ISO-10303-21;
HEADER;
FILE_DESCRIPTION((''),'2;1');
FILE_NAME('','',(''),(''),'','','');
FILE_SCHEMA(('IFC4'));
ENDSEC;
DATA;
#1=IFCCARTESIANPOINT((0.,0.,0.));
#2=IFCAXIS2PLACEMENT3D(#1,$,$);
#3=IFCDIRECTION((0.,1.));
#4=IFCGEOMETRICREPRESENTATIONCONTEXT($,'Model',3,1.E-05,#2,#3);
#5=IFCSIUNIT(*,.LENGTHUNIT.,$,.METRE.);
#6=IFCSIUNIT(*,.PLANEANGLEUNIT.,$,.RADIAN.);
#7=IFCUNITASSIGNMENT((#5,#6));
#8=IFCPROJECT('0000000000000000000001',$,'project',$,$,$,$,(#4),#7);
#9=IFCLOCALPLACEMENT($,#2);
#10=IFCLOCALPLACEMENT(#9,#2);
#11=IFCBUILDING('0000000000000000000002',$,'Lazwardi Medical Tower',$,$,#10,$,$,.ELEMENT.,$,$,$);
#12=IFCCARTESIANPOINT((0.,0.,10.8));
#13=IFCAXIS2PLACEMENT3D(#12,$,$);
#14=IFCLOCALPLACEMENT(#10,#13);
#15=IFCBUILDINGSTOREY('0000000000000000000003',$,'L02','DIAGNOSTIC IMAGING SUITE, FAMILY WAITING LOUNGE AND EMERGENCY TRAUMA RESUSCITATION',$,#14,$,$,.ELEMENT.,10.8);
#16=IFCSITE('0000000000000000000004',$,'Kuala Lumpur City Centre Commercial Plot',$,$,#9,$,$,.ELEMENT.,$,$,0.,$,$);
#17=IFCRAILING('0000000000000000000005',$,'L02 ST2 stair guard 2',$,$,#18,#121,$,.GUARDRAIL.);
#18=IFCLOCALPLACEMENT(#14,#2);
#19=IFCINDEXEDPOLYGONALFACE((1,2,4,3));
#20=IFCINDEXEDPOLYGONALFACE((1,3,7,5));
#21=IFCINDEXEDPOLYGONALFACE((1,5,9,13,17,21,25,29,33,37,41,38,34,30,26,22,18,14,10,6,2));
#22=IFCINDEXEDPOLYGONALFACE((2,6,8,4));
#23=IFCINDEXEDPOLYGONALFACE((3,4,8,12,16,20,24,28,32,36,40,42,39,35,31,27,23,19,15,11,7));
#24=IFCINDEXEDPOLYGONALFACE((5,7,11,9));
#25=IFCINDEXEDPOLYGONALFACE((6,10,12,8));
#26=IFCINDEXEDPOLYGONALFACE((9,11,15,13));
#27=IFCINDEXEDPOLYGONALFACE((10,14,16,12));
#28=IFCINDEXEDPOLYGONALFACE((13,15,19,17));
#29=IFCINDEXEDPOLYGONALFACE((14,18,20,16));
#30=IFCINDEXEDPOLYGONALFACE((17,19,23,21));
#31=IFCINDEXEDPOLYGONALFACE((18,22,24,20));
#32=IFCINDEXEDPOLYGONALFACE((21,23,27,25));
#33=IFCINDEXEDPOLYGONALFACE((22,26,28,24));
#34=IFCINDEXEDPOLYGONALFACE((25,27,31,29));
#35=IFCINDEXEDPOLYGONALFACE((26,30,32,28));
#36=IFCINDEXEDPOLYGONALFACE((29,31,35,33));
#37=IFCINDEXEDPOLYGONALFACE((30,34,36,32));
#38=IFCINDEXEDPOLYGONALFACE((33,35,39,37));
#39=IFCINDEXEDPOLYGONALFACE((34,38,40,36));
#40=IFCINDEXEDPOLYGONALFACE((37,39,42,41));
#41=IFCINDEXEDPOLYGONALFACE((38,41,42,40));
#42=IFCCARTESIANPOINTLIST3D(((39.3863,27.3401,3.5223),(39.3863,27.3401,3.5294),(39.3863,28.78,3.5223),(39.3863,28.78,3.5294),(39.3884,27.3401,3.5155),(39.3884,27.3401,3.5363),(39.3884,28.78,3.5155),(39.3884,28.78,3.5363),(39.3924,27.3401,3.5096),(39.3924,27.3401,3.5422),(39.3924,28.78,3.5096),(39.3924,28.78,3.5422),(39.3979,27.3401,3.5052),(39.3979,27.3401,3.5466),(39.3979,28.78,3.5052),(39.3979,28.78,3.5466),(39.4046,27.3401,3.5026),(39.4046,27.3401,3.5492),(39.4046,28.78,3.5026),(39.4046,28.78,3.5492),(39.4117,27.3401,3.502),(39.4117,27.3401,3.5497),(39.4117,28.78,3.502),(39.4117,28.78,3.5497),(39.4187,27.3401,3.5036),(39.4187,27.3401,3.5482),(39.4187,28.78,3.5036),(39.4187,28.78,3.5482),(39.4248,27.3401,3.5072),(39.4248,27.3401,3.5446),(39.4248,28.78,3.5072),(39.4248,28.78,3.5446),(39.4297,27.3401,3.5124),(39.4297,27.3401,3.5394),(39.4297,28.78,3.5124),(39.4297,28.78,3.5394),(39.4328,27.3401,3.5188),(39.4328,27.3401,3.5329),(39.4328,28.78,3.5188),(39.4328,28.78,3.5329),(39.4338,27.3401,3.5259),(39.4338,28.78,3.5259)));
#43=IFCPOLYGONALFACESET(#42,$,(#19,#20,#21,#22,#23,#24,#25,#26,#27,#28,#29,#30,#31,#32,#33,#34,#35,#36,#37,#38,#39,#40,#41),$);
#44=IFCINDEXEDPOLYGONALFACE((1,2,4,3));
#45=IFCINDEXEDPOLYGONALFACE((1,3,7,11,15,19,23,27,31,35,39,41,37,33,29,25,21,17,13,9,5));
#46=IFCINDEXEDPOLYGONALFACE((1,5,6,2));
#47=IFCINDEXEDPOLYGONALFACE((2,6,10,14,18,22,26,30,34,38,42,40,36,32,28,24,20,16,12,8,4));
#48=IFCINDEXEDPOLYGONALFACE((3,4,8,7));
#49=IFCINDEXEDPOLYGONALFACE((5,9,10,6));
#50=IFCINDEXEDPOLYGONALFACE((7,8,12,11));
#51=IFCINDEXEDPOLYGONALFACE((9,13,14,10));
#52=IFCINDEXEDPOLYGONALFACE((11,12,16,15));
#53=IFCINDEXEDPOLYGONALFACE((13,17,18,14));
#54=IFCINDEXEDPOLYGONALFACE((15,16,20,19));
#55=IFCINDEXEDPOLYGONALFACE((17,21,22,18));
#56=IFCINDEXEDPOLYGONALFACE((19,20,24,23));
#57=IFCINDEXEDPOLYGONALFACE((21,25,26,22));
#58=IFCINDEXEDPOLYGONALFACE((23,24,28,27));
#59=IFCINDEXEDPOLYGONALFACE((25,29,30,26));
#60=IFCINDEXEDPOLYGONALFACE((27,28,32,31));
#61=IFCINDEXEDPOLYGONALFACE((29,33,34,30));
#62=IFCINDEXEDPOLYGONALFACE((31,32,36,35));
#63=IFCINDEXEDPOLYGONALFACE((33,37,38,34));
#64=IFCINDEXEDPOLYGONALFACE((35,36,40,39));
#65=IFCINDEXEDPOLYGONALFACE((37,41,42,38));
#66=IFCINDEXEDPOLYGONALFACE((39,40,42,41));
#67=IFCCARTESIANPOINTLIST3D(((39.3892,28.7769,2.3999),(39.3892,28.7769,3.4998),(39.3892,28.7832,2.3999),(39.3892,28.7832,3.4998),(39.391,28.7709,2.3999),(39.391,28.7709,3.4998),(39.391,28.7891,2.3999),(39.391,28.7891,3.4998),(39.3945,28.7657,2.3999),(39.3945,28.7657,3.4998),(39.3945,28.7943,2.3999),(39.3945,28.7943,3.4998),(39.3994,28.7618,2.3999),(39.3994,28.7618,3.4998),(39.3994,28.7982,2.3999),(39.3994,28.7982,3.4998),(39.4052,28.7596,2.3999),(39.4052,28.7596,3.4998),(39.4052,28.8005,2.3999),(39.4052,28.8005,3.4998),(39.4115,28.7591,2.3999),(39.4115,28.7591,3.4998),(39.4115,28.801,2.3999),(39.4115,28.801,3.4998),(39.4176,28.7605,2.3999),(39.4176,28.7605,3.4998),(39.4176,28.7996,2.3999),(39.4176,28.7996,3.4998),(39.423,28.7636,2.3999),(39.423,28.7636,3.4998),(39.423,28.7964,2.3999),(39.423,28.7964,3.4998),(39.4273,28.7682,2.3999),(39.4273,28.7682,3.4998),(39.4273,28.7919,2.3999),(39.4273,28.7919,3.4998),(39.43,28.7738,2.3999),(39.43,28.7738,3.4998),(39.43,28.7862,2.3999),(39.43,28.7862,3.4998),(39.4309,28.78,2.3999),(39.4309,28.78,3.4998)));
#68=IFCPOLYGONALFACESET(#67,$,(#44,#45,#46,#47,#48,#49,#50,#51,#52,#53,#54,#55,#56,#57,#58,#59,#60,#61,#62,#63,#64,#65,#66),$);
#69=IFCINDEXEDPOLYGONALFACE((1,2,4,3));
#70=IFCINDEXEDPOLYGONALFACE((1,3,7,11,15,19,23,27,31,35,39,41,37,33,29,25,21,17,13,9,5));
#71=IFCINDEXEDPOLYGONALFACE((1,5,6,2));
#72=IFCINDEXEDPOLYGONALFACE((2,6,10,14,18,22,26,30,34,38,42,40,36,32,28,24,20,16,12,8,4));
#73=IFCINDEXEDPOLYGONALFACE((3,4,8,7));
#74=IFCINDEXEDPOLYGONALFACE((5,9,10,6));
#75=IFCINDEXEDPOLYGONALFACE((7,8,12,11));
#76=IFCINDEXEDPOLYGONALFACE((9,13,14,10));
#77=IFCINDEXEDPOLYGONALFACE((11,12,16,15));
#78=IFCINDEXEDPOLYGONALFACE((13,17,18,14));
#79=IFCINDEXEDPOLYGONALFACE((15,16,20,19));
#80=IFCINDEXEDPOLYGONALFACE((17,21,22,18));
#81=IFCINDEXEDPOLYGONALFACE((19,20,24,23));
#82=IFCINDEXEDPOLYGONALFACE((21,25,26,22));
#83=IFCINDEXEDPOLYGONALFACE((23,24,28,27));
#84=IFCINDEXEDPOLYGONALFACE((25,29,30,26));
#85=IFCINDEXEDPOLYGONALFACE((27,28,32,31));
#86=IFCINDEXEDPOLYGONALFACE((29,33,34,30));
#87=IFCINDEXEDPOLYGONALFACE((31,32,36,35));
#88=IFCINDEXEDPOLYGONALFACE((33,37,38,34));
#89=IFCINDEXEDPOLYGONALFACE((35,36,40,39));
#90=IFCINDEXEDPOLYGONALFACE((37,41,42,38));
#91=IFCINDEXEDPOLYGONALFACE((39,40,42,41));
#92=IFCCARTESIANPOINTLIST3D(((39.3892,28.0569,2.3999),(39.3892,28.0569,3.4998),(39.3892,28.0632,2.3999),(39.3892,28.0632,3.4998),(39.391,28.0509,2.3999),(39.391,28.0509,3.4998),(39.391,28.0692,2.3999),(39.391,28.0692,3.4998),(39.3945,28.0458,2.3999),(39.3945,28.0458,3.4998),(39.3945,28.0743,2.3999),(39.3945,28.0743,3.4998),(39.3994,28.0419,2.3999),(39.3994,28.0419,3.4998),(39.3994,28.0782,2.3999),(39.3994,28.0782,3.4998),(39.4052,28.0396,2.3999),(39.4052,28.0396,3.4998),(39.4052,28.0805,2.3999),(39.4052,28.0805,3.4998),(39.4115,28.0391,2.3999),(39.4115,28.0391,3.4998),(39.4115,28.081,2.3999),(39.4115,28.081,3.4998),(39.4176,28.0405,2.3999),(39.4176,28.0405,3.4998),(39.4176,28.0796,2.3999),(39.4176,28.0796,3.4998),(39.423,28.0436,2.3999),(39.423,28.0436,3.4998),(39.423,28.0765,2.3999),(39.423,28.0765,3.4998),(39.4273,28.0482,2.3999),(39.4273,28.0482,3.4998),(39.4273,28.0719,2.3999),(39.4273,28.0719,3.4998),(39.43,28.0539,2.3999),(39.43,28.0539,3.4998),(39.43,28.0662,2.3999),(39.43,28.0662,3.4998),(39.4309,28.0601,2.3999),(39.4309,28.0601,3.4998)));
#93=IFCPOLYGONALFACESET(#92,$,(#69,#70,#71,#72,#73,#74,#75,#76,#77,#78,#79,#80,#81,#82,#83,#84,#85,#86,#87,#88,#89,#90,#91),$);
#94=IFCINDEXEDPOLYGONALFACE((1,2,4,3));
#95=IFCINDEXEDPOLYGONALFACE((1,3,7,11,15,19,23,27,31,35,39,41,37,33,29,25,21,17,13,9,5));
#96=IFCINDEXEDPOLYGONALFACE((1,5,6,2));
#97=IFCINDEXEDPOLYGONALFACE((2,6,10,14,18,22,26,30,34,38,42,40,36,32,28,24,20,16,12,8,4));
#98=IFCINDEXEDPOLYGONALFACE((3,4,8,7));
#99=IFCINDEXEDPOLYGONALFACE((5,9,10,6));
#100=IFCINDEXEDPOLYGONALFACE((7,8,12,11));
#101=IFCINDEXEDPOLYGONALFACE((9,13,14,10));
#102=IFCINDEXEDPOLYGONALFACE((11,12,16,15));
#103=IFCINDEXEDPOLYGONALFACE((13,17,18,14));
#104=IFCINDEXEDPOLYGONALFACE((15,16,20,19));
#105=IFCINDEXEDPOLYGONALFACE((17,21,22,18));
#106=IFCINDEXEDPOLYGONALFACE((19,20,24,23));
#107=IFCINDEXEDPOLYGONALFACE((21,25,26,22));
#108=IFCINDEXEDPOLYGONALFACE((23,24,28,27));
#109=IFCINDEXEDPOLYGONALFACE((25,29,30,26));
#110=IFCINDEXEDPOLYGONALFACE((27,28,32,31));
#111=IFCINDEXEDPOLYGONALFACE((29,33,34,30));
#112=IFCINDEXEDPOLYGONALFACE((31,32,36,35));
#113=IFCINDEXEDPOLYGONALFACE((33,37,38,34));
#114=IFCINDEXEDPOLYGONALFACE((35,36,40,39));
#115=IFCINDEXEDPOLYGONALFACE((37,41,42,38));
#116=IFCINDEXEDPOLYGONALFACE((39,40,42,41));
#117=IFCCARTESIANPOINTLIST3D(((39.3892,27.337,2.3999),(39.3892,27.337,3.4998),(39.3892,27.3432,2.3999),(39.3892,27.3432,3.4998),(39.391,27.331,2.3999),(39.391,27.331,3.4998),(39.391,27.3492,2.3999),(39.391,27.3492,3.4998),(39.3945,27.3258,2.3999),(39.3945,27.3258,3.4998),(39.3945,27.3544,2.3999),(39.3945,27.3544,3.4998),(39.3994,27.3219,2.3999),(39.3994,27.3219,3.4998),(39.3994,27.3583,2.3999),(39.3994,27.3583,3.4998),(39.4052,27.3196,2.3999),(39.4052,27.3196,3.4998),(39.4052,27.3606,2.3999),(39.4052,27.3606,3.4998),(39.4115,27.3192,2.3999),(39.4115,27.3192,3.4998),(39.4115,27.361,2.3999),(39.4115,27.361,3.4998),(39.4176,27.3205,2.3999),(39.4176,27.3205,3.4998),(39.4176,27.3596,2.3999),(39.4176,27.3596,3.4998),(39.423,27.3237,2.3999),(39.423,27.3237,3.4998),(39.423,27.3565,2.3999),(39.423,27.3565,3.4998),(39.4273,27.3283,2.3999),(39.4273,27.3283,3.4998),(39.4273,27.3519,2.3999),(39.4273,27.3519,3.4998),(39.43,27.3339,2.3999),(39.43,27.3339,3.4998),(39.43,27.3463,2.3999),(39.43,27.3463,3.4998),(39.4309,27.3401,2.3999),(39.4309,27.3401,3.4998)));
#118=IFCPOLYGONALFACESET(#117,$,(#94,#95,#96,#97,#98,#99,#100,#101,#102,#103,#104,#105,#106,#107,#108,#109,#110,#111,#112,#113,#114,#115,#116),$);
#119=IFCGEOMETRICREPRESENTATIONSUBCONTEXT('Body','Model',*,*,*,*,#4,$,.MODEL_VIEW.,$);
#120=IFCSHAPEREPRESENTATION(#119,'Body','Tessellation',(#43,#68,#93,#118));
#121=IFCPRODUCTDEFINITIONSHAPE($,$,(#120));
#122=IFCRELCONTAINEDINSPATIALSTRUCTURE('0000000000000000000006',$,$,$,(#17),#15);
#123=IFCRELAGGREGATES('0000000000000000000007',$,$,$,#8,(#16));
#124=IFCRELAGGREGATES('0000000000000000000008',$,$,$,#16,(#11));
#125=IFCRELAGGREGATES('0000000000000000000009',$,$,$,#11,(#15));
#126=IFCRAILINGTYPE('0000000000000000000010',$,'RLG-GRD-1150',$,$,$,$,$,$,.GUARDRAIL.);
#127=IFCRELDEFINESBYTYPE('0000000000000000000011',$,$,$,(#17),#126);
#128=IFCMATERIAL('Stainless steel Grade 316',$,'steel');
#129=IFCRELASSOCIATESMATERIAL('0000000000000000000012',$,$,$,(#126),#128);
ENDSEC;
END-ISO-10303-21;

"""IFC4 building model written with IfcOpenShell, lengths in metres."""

from ifc_helpers import new_model, si_unit, direction, frame, origin, origin_2d, place, context, subcontext, project, spatial, circle, extrude, material, type_object, element, save


model = new_model("IFC4")

# Units and contexts
model_context = context("Model", 3, precision=1e-05, world=origin(), true_north=direction((0.0, 1.0)))
body_context = subcontext(model_context, "Body", "Model", "MODEL_VIEW")
ifc_project = project(units=[si_unit("LENGTHUNIT", "METRE"), si_unit("PLANEANGLEUNIT", "RADIAN")], contexts=[model_context])

# Site, building, storey
site_placement = place(None, origin())
site = spatial("IfcSite", under=ifc_project, at=site_placement, Name="Kuala Lumpur City Centre Commercial Plot", CompositionType="ELEMENT", RefElevation=0.0)
building_placement = place(site_placement, origin())
building = spatial("IfcBuilding", under=site, at=building_placement, Name="Lazwardi Medical Tower", CompositionType="ELEMENT")
storey_placement = place(building_placement, frame((0.0, 0.0, 10.8)))
storey = spatial("IfcBuildingStorey", under=building, at=storey_placement, Name="L02", Description="DIAGNOSTIC IMAGING SUITE, FAMILY WAITING LOUNGE AND EMERGENCY TRAUMA RESUSCITATION", CompositionType="ELEMENT", Elevation=10.8)

# Railing
ifc_material_1 = material(Name="Stainless steel Grade 316", Category="steel")
railing_type_1 = type_object("IfcRailingType", Name="RLG-GRD-1150", PredefinedType="GUARDRAIL", material=ifc_material_1)
railing_1_placement = place(storey_placement, frame((39.4099, 28.78, 2.3999)))
element("IfcRailing", 1, at=railing_1_placement, inside=storey, type_object=railing_type_1, Name="L02 ST2 stair guard 2", PredefinedType="GUARDRAIL", context=body_context, shape_type="SweptSolid", body=[
    extrude(circle(Radius=0.0239, at=origin_2d()), frame((0.0, 0.0, 1.126), z_axis=(0.0, -1.0, 0.0), x_axis=(1.0, 0.0, 0.0)), (0.0, 0.0, 1.0), 1.4399),
    extrude(circle(Radius=0.021, at=origin_2d()), origin(), (0.0, 0.0, 1.0), 1.0999),
    extrude(circle(Radius=0.021, at=origin_2d()), frame((0.0, -0.72, 0.0)), (0.0, 0.0, 1.0), 1.0999),
    extrude(circle(Radius=0.021, at=origin_2d()), frame((0.0, -1.4399, 0.0)), (0.0, 0.0, 1.0), 1.0999),
])

save(model, "model.ifc")
